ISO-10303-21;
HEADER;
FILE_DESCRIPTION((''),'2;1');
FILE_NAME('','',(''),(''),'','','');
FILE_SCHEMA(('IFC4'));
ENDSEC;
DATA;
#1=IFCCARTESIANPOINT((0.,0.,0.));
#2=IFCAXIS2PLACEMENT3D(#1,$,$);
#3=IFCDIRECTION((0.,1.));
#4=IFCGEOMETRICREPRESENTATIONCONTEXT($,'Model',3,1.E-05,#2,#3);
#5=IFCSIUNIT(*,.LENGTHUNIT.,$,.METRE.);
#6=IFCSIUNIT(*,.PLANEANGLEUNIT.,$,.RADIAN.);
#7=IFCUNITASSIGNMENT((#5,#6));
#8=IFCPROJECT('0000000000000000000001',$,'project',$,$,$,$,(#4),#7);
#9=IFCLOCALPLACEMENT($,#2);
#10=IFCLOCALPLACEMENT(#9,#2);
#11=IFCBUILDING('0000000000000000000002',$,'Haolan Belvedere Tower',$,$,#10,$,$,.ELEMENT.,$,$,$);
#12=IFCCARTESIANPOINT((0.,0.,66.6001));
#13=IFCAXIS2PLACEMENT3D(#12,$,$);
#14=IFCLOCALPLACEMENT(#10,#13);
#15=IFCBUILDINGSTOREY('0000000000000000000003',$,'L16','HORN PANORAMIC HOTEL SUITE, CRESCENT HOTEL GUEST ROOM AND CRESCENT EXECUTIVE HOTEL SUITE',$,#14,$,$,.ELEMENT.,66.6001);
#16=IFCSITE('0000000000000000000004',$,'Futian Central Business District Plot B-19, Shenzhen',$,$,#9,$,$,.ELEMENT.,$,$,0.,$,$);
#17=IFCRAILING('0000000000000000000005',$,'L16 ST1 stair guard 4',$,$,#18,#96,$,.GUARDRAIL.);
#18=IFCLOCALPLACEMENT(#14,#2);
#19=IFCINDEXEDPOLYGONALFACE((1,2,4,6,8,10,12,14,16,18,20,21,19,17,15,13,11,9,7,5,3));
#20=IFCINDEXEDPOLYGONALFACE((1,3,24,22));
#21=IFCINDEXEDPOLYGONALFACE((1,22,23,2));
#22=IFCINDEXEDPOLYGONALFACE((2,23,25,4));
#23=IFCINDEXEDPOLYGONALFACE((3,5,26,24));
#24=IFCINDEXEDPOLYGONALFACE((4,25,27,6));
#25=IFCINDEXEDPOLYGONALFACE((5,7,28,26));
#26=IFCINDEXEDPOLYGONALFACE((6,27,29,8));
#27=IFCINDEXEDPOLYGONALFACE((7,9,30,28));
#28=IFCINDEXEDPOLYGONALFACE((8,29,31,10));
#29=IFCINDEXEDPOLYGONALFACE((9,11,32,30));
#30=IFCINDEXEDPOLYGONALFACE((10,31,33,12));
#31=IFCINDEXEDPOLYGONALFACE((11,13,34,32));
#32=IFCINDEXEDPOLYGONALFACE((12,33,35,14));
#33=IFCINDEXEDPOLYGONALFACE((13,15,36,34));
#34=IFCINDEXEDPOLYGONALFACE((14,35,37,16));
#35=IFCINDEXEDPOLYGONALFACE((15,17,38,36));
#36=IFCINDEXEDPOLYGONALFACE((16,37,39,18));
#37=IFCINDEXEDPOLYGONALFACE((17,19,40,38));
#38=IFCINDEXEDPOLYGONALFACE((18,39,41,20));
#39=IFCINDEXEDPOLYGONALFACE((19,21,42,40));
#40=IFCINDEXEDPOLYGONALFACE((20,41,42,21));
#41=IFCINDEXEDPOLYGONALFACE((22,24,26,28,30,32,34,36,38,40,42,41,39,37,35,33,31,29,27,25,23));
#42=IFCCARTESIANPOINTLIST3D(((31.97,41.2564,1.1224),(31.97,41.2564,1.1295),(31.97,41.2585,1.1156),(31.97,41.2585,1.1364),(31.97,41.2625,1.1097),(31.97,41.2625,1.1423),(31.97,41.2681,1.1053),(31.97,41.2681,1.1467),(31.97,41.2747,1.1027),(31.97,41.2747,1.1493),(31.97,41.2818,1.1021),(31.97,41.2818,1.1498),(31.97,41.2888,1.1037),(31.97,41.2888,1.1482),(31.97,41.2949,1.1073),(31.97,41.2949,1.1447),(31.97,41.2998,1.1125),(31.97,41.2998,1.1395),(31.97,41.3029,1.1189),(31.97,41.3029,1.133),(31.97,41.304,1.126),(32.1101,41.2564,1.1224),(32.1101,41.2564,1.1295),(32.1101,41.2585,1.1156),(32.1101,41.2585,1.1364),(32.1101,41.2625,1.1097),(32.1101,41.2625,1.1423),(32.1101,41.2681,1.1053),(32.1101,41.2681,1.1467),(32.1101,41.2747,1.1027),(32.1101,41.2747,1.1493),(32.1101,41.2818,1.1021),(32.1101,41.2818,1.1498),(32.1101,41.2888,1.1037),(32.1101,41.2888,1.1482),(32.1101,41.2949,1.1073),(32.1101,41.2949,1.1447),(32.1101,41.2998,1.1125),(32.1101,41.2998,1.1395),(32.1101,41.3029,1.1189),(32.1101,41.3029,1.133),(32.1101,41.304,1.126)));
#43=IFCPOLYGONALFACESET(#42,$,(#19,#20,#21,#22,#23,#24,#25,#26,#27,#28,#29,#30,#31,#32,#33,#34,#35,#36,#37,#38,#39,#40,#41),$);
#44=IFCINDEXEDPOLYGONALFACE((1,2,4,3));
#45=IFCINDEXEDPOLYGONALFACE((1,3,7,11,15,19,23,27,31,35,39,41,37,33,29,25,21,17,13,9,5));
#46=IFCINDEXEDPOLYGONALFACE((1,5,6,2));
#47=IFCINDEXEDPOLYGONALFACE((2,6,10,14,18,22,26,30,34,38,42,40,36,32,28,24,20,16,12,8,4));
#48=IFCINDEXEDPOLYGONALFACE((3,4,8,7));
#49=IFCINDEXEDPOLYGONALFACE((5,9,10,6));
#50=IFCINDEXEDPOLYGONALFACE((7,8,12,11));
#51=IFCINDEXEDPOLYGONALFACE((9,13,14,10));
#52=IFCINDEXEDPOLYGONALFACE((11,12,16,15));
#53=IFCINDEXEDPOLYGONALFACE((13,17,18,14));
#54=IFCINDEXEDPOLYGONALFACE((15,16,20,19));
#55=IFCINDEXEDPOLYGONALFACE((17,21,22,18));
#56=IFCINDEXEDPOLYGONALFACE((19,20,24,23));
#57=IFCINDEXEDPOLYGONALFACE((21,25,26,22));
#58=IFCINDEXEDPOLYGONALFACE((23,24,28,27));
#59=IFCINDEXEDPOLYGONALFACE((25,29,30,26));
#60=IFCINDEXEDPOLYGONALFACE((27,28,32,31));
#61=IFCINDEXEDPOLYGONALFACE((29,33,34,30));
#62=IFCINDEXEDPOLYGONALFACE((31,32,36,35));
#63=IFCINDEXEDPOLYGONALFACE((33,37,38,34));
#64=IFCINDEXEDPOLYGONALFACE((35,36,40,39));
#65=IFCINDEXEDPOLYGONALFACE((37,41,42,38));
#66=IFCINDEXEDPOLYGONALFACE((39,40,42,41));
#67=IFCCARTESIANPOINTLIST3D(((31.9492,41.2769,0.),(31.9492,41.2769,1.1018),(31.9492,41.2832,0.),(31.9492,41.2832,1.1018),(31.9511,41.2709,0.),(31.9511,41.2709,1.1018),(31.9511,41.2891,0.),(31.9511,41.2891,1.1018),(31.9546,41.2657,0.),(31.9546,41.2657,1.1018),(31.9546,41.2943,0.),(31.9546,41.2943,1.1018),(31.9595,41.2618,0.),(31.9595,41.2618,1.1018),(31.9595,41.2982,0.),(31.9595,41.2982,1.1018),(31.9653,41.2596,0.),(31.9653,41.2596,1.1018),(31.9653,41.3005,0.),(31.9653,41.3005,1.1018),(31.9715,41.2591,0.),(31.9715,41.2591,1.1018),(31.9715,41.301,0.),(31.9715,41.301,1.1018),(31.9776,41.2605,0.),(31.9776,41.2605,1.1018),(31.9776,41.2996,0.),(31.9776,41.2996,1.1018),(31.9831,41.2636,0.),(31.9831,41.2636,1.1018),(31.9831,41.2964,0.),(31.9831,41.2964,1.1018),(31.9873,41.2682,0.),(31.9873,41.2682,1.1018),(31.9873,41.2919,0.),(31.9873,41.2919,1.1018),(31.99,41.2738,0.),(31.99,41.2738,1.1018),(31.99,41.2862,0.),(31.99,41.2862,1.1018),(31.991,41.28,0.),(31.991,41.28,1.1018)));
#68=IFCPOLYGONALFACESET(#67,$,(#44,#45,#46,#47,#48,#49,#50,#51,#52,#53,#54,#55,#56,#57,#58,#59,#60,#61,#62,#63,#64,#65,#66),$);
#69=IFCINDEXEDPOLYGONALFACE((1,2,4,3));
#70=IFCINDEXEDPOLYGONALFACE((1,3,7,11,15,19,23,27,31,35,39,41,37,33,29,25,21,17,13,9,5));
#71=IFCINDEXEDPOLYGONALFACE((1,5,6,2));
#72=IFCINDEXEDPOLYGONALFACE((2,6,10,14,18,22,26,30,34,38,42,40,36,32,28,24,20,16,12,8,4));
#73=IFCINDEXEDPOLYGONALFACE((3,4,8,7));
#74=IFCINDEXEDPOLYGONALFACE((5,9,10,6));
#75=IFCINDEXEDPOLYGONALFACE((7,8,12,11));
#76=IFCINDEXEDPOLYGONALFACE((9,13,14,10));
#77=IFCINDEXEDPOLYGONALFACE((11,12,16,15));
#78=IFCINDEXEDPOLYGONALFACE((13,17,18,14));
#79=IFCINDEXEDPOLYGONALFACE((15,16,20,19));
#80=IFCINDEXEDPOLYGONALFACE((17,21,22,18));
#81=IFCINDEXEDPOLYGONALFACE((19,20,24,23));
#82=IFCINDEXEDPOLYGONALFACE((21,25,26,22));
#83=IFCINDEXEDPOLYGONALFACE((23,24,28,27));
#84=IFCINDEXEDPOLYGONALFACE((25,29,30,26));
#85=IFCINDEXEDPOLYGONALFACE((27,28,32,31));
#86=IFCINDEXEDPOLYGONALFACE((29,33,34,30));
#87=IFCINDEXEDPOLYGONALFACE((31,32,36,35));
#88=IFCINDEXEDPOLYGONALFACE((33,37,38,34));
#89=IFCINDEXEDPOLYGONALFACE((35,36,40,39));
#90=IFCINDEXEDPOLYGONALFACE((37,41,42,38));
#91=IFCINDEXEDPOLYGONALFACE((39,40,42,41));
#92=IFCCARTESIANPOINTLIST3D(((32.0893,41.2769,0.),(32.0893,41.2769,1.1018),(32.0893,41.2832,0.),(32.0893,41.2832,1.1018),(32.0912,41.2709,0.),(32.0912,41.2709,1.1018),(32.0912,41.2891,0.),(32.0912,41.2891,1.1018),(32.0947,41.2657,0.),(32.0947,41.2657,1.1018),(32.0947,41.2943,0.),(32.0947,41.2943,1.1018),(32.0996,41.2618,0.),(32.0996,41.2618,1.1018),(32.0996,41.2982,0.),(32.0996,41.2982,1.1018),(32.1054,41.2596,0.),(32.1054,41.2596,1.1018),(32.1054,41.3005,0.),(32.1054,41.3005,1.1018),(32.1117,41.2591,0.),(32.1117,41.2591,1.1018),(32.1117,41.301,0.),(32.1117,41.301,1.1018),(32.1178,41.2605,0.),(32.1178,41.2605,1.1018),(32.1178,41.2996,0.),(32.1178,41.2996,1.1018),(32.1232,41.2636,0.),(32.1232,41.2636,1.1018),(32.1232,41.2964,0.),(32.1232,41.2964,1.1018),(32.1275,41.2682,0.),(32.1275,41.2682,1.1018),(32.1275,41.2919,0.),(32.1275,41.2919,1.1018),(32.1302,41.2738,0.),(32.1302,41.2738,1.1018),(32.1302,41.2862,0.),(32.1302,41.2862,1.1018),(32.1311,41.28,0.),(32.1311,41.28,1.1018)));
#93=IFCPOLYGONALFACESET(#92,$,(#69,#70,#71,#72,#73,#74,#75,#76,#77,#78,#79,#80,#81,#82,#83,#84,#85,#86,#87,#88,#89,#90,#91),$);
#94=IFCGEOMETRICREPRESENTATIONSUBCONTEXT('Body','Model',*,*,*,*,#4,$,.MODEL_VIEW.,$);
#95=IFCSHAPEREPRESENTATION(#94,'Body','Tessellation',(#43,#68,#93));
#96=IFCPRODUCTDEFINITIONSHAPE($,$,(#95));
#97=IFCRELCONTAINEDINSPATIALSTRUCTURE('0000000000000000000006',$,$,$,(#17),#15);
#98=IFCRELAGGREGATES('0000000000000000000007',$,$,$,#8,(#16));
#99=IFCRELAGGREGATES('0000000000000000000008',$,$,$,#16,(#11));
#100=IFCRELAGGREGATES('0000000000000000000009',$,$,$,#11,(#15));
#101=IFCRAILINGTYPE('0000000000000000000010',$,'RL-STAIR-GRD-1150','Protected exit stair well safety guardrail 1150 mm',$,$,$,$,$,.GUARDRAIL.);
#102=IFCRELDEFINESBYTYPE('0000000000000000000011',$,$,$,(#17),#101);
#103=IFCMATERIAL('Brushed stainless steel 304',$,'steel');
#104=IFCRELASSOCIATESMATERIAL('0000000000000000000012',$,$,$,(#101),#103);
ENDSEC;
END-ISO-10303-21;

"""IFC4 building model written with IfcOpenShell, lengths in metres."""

from ifc_helpers import new_model, si_unit, direction, frame, origin, origin_2d, place, context, subcontext, project, spatial, circle, extrude, material, type_object, element, save


model = new_model("IFC4")

# Units and contexts
model_context = context("Model", 3, precision=1e-05, world=origin(), true_north=direction((0.0, 1.0)))
body_context = subcontext(model_context, "Body", "Model", "MODEL_VIEW")
ifc_project = project(units=[si_unit("LENGTHUNIT", "METRE"), si_unit("PLANEANGLEUNIT", "RADIAN")], contexts=[model_context])

# Site, building, storey
site_placement = place(None, origin())
site = spatial("IfcSite", under=ifc_project, at=site_placement, Name="Futian Central Business District Plot B-19, Shenzhen", CompositionType="ELEMENT", RefElevation=0.0)
building_placement = place(site_placement, origin())
building = spatial("IfcBuilding", under=site, at=building_placement, Name="Haolan Belvedere Tower", CompositionType="ELEMENT")
storey_placement = place(building_placement, frame((0.0, 0.0, 66.6001)))
storey = spatial("IfcBuildingStorey", under=building, at=storey_placement, Name="L16", Description="HORN PANORAMIC HOTEL SUITE, CRESCENT HOTEL GUEST ROOM AND CRESCENT EXECUTIVE HOTEL SUITE", CompositionType="ELEMENT", Elevation=66.6001)

# Railing
ifc_material_1 = material(Name="Brushed stainless steel 304", Category="steel")
railing_type_1 = type_object("IfcRailingType", Name="RL-STAIR-GRD-1150", Description="Protected exit stair well safety guardrail 1150 mm", PredefinedType="GUARDRAIL", material=ifc_material_1)
railing_1_placement = place(storey_placement, frame((31.97, 41.28, 0.0)))
element("IfcRailing", 1, at=railing_1_placement, inside=storey, type_object=railing_type_1, Name="L16 ST1 stair guard 4", PredefinedType="GUARDRAIL", context=body_context, shape_type="SweptSolid", body=[
    extrude(circle(Radius=0.0239, at=origin_2d()), frame((0.0, 0.0, 1.126), z_axis=(1.0, 0.0, 0.0), x_axis=(0.0, 1.0, 0.0)), (0.0, 0.0, 1.0), 0.1401),
    extrude(circle(Radius=0.021, at=origin_2d()), origin(), (0.0, 0.0, 1.0), 1.1018),
    extrude(circle(Radius=0.021, at=origin_2d()), frame((0.1401, 0.0, 0.0)), (0.0, 0.0, 1.0), 1.1018),
])

save(model, "model.ifc")
